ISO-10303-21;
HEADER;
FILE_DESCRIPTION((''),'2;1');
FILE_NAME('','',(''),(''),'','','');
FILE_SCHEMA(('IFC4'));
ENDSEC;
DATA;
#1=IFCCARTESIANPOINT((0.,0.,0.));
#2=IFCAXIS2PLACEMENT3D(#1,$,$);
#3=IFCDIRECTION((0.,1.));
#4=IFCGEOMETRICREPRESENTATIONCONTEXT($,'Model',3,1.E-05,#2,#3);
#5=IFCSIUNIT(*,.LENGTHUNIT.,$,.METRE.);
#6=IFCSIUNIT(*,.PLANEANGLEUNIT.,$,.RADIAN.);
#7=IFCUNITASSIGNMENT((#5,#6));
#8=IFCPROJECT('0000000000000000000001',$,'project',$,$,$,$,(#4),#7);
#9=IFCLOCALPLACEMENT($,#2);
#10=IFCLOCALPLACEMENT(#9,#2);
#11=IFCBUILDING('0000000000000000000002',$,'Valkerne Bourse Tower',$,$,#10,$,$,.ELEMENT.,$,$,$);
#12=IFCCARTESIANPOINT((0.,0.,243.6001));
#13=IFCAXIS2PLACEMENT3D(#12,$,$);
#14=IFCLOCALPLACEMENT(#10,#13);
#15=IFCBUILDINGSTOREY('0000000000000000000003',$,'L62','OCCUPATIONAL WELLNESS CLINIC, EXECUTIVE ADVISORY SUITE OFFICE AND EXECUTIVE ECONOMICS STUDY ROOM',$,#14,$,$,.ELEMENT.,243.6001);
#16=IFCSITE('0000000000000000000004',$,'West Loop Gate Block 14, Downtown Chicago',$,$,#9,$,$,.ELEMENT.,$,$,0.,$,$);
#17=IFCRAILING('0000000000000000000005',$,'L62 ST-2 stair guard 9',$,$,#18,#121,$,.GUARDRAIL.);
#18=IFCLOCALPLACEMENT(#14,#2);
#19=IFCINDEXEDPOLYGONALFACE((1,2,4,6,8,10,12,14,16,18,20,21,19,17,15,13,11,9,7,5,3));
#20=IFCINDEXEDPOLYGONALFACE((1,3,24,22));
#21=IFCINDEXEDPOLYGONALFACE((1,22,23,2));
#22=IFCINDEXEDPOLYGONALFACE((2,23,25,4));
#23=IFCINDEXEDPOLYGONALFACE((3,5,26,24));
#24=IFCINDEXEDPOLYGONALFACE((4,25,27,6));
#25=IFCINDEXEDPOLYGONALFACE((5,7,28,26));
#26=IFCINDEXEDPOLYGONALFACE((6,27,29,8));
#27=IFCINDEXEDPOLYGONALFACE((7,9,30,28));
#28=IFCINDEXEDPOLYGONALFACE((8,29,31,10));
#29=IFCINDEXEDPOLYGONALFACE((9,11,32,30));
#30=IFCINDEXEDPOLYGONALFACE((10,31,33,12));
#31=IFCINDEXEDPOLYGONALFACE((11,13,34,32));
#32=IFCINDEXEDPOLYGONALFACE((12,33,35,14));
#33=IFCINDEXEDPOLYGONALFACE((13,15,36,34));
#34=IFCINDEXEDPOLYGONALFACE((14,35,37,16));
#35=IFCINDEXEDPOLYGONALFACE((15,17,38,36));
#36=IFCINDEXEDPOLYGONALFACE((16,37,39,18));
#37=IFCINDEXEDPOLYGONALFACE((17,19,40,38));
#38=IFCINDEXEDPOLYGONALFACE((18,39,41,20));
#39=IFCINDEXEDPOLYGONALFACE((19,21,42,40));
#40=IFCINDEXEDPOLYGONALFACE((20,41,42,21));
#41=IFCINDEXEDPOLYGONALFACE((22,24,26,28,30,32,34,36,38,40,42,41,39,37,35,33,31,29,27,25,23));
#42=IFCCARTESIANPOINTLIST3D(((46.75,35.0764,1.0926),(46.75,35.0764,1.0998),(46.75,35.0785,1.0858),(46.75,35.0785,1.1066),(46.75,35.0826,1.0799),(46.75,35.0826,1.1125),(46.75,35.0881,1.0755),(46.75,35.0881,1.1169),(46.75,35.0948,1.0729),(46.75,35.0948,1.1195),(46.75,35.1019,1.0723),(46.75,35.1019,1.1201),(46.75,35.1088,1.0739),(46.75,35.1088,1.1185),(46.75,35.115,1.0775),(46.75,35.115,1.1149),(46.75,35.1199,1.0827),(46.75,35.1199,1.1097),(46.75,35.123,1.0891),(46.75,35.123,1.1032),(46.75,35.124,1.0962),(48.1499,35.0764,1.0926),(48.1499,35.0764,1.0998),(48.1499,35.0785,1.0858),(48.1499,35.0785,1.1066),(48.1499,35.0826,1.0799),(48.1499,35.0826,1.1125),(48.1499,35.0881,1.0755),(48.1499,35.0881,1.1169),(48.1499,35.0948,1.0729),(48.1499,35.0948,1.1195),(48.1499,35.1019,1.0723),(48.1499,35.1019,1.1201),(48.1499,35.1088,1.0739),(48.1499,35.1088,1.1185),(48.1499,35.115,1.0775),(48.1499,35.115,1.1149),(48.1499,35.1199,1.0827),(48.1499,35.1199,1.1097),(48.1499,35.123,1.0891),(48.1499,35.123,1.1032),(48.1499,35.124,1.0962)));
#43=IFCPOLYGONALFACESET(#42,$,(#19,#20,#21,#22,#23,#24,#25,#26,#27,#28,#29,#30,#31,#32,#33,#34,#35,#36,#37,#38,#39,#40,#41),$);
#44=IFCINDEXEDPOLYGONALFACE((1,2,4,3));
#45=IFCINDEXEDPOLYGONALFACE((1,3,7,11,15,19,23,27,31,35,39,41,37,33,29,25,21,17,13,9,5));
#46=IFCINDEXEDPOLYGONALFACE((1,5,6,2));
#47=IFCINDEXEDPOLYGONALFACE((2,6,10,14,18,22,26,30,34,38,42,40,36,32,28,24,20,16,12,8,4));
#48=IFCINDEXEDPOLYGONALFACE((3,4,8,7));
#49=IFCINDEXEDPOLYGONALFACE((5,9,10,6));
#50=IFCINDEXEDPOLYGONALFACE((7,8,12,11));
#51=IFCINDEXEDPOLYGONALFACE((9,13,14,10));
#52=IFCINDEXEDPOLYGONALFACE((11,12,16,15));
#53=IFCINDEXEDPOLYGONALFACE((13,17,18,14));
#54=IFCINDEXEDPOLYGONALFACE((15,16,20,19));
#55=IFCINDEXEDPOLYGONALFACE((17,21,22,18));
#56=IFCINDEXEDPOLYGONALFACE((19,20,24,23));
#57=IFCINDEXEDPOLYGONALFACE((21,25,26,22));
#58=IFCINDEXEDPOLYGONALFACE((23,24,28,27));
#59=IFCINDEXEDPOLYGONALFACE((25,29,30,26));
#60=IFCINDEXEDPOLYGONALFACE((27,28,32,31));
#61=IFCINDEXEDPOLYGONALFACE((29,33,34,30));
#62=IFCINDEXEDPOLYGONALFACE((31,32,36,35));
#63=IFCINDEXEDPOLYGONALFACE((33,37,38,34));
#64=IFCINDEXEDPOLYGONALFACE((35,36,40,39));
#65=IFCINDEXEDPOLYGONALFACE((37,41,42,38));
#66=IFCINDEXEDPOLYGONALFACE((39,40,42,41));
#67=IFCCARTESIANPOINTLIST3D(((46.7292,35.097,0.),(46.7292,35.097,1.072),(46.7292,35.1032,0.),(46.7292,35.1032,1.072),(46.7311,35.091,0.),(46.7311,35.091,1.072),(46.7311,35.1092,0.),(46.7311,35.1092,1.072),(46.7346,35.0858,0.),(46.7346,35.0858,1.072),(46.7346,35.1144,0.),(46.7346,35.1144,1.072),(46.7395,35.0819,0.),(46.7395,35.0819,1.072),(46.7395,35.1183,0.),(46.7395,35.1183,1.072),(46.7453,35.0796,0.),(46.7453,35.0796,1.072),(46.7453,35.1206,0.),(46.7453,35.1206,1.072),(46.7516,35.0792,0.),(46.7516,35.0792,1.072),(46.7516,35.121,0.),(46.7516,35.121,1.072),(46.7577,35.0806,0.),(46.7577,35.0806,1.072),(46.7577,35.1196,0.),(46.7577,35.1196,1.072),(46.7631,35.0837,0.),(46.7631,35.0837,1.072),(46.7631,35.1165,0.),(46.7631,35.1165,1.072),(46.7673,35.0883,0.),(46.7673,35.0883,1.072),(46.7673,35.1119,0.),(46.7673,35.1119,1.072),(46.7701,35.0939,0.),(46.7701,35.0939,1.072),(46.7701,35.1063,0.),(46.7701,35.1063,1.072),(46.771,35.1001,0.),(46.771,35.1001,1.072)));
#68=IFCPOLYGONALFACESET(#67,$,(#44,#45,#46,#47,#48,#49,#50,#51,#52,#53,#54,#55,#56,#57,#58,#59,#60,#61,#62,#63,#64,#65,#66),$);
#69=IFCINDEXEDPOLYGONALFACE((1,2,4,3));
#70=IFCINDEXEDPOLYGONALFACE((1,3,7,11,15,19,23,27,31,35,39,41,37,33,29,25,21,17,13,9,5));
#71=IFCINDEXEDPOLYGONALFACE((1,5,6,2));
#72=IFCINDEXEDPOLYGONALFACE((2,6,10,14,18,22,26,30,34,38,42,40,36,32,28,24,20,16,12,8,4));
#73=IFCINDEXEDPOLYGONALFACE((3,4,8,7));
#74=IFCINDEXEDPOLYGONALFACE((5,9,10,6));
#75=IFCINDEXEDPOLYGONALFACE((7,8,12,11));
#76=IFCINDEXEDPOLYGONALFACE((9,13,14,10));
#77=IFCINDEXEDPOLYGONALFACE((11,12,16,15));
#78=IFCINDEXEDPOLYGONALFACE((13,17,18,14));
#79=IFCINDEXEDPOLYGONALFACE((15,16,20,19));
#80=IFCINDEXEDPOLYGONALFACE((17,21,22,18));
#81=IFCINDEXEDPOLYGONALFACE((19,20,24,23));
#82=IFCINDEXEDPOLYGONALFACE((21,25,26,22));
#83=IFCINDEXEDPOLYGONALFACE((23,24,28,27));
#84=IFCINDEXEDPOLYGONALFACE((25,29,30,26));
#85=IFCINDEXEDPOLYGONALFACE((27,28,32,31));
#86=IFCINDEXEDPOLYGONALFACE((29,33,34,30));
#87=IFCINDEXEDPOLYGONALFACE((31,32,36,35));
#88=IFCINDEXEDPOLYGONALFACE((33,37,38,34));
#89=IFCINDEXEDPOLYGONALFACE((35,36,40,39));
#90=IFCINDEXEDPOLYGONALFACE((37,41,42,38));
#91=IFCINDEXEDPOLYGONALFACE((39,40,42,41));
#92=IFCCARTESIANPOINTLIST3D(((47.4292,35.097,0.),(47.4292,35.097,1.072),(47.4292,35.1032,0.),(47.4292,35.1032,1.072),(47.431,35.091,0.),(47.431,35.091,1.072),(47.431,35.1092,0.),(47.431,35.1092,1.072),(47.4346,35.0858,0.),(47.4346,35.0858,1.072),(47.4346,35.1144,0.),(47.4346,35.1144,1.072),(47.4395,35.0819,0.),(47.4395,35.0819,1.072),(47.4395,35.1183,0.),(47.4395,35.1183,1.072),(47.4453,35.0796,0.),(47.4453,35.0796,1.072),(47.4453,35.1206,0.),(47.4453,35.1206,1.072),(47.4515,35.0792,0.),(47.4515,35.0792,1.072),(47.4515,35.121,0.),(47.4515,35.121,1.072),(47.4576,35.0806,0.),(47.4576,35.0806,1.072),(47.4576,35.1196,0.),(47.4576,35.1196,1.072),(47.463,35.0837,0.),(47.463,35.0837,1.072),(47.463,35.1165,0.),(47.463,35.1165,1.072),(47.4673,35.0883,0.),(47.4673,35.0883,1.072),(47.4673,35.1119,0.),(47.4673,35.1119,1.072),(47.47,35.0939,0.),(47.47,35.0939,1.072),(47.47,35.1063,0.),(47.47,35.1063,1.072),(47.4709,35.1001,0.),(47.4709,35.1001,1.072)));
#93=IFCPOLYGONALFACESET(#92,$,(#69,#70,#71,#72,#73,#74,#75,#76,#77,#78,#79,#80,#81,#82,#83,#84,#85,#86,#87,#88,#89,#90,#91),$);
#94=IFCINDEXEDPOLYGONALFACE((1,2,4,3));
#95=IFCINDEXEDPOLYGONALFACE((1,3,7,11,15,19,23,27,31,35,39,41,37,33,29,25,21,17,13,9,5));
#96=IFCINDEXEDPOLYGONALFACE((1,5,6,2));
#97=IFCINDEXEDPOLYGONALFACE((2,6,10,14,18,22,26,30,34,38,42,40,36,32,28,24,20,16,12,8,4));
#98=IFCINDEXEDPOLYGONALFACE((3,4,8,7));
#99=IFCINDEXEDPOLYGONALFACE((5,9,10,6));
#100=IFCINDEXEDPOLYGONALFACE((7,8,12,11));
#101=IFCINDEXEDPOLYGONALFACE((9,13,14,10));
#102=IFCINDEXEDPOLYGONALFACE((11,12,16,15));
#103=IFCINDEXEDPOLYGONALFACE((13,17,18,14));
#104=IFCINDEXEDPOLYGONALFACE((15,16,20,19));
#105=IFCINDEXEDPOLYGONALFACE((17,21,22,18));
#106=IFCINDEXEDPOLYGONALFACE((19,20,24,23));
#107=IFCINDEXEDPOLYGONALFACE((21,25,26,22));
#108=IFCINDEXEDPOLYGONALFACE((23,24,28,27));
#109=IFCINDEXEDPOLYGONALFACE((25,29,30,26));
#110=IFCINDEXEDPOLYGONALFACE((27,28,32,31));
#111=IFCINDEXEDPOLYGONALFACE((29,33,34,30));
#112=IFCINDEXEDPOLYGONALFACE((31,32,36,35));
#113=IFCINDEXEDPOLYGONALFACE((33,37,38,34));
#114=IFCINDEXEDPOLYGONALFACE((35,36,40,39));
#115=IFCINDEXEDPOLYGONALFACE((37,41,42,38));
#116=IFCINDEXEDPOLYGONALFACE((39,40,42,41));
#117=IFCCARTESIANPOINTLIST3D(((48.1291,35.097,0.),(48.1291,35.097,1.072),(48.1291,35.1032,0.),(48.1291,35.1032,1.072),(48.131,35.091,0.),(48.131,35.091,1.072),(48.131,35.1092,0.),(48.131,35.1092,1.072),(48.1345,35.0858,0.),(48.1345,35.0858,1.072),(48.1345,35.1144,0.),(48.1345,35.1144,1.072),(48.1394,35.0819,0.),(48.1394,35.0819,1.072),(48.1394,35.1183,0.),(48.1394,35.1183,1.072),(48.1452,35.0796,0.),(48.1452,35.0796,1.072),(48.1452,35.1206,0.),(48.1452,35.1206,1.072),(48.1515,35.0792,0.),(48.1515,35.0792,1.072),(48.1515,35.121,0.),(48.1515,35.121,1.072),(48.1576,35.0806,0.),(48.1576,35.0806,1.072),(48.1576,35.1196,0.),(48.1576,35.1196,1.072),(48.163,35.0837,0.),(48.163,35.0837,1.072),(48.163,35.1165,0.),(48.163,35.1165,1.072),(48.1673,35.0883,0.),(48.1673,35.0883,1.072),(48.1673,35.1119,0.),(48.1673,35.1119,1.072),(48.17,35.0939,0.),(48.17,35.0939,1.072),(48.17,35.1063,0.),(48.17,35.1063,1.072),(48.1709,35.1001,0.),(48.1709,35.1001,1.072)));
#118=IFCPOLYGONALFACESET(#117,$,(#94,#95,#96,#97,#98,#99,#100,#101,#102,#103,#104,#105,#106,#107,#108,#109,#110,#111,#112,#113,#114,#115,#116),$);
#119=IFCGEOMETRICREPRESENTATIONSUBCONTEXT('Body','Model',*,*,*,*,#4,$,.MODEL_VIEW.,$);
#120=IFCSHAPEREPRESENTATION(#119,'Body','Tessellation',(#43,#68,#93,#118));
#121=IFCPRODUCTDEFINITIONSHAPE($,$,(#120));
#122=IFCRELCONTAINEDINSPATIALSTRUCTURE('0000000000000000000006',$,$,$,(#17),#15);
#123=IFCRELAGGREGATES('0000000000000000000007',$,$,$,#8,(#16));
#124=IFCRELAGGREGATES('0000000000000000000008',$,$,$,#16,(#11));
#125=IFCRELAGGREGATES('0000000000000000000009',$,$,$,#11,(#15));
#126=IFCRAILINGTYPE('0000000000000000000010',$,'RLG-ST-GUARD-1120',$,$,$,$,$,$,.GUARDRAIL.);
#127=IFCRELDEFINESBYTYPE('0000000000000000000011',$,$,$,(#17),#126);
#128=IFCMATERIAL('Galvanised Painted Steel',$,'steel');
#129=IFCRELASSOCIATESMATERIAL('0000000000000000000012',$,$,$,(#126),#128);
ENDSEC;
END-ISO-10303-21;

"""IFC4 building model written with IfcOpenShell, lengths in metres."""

from ifc_helpers import new_model, si_unit, direction, frame, origin, origin_2d, place, context, subcontext, project, spatial, circle, extrude, material, type_object, element, save


model = new_model("IFC4")

# Units and contexts
model_context = context("Model", 3, precision=1e-05, world=origin(), true_north=direction((0.0, 1.0)))
body_context = subcontext(model_context, "Body", "Model", "MODEL_VIEW")
ifc_project = project(units=[si_unit("LENGTHUNIT", "METRE"), si_unit("PLANEANGLEUNIT", "RADIAN")], contexts=[model_context])

# Site, building, storey
site_placement = place(None, origin())
site = spatial("IfcSite", under=ifc_project, at=site_placement, Name="West Loop Gate Block 14, Downtown Chicago", CompositionType="ELEMENT", RefElevation=0.0)
building_placement = place(site_placement, origin())
building = spatial("IfcBuilding", under=site, at=building_placement, Name="Valkerne Bourse Tower", CompositionType="ELEMENT")
storey_placement = place(building_placement, frame((0.0, 0.0, 243.6001)))
storey = spatial("IfcBuildingStorey", under=building, at=storey_placement, Name="L62", Description="OCCUPATIONAL WELLNESS CLINIC, EXECUTIVE ADVISORY SUITE OFFICE AND EXECUTIVE ECONOMICS STUDY ROOM", CompositionType="ELEMENT", Elevation=243.6001)

# Shared definitions
ifc_material_1 = material(Name="Galvanised Painted Steel", Category="steel")

# Railing
railing_type_1 = type_object("IfcRailingType", Name="RLG-ST-GUARD-1120", PredefinedType="GUARDRAIL", material=ifc_material_1)
for number, where, name in (
    (1, (46.75, 35.1001, 0.0), "L62 ST-2 stair guard 9"),
):
    element("IfcRailing", number, at=place(storey_placement, frame(where)), inside=storey, type_object=railing_type_1, Name=name, PredefinedType="GUARDRAIL", context=body_context, shape_type="SweptSolid", body=[
        extrude(circle(Radius=0.0239, at=origin_2d()), frame((0.0, 0.0, 1.0962), z_axis=(1.0, 0.0, 0.0), x_axis=(0.0, 1.0, 0.0)), (0.0, 0.0, 1.0), 1.3999),
        extrude(circle(Radius=0.021, at=origin_2d()), origin(), (0.0, 0.0, 1.0), 1.072),
        extrude(circle(Radius=0.021, at=origin_2d()), frame((0.7, 0.0, 0.0)), (0.0, 0.0, 1.0), 1.072),
        extrude(circle(Radius=0.021, at=origin_2d()), frame((1.3999, 0.0, 0.0)), (0.0, 0.0, 1.0), 1.072),
    ])

save(model, "model.ifc")
